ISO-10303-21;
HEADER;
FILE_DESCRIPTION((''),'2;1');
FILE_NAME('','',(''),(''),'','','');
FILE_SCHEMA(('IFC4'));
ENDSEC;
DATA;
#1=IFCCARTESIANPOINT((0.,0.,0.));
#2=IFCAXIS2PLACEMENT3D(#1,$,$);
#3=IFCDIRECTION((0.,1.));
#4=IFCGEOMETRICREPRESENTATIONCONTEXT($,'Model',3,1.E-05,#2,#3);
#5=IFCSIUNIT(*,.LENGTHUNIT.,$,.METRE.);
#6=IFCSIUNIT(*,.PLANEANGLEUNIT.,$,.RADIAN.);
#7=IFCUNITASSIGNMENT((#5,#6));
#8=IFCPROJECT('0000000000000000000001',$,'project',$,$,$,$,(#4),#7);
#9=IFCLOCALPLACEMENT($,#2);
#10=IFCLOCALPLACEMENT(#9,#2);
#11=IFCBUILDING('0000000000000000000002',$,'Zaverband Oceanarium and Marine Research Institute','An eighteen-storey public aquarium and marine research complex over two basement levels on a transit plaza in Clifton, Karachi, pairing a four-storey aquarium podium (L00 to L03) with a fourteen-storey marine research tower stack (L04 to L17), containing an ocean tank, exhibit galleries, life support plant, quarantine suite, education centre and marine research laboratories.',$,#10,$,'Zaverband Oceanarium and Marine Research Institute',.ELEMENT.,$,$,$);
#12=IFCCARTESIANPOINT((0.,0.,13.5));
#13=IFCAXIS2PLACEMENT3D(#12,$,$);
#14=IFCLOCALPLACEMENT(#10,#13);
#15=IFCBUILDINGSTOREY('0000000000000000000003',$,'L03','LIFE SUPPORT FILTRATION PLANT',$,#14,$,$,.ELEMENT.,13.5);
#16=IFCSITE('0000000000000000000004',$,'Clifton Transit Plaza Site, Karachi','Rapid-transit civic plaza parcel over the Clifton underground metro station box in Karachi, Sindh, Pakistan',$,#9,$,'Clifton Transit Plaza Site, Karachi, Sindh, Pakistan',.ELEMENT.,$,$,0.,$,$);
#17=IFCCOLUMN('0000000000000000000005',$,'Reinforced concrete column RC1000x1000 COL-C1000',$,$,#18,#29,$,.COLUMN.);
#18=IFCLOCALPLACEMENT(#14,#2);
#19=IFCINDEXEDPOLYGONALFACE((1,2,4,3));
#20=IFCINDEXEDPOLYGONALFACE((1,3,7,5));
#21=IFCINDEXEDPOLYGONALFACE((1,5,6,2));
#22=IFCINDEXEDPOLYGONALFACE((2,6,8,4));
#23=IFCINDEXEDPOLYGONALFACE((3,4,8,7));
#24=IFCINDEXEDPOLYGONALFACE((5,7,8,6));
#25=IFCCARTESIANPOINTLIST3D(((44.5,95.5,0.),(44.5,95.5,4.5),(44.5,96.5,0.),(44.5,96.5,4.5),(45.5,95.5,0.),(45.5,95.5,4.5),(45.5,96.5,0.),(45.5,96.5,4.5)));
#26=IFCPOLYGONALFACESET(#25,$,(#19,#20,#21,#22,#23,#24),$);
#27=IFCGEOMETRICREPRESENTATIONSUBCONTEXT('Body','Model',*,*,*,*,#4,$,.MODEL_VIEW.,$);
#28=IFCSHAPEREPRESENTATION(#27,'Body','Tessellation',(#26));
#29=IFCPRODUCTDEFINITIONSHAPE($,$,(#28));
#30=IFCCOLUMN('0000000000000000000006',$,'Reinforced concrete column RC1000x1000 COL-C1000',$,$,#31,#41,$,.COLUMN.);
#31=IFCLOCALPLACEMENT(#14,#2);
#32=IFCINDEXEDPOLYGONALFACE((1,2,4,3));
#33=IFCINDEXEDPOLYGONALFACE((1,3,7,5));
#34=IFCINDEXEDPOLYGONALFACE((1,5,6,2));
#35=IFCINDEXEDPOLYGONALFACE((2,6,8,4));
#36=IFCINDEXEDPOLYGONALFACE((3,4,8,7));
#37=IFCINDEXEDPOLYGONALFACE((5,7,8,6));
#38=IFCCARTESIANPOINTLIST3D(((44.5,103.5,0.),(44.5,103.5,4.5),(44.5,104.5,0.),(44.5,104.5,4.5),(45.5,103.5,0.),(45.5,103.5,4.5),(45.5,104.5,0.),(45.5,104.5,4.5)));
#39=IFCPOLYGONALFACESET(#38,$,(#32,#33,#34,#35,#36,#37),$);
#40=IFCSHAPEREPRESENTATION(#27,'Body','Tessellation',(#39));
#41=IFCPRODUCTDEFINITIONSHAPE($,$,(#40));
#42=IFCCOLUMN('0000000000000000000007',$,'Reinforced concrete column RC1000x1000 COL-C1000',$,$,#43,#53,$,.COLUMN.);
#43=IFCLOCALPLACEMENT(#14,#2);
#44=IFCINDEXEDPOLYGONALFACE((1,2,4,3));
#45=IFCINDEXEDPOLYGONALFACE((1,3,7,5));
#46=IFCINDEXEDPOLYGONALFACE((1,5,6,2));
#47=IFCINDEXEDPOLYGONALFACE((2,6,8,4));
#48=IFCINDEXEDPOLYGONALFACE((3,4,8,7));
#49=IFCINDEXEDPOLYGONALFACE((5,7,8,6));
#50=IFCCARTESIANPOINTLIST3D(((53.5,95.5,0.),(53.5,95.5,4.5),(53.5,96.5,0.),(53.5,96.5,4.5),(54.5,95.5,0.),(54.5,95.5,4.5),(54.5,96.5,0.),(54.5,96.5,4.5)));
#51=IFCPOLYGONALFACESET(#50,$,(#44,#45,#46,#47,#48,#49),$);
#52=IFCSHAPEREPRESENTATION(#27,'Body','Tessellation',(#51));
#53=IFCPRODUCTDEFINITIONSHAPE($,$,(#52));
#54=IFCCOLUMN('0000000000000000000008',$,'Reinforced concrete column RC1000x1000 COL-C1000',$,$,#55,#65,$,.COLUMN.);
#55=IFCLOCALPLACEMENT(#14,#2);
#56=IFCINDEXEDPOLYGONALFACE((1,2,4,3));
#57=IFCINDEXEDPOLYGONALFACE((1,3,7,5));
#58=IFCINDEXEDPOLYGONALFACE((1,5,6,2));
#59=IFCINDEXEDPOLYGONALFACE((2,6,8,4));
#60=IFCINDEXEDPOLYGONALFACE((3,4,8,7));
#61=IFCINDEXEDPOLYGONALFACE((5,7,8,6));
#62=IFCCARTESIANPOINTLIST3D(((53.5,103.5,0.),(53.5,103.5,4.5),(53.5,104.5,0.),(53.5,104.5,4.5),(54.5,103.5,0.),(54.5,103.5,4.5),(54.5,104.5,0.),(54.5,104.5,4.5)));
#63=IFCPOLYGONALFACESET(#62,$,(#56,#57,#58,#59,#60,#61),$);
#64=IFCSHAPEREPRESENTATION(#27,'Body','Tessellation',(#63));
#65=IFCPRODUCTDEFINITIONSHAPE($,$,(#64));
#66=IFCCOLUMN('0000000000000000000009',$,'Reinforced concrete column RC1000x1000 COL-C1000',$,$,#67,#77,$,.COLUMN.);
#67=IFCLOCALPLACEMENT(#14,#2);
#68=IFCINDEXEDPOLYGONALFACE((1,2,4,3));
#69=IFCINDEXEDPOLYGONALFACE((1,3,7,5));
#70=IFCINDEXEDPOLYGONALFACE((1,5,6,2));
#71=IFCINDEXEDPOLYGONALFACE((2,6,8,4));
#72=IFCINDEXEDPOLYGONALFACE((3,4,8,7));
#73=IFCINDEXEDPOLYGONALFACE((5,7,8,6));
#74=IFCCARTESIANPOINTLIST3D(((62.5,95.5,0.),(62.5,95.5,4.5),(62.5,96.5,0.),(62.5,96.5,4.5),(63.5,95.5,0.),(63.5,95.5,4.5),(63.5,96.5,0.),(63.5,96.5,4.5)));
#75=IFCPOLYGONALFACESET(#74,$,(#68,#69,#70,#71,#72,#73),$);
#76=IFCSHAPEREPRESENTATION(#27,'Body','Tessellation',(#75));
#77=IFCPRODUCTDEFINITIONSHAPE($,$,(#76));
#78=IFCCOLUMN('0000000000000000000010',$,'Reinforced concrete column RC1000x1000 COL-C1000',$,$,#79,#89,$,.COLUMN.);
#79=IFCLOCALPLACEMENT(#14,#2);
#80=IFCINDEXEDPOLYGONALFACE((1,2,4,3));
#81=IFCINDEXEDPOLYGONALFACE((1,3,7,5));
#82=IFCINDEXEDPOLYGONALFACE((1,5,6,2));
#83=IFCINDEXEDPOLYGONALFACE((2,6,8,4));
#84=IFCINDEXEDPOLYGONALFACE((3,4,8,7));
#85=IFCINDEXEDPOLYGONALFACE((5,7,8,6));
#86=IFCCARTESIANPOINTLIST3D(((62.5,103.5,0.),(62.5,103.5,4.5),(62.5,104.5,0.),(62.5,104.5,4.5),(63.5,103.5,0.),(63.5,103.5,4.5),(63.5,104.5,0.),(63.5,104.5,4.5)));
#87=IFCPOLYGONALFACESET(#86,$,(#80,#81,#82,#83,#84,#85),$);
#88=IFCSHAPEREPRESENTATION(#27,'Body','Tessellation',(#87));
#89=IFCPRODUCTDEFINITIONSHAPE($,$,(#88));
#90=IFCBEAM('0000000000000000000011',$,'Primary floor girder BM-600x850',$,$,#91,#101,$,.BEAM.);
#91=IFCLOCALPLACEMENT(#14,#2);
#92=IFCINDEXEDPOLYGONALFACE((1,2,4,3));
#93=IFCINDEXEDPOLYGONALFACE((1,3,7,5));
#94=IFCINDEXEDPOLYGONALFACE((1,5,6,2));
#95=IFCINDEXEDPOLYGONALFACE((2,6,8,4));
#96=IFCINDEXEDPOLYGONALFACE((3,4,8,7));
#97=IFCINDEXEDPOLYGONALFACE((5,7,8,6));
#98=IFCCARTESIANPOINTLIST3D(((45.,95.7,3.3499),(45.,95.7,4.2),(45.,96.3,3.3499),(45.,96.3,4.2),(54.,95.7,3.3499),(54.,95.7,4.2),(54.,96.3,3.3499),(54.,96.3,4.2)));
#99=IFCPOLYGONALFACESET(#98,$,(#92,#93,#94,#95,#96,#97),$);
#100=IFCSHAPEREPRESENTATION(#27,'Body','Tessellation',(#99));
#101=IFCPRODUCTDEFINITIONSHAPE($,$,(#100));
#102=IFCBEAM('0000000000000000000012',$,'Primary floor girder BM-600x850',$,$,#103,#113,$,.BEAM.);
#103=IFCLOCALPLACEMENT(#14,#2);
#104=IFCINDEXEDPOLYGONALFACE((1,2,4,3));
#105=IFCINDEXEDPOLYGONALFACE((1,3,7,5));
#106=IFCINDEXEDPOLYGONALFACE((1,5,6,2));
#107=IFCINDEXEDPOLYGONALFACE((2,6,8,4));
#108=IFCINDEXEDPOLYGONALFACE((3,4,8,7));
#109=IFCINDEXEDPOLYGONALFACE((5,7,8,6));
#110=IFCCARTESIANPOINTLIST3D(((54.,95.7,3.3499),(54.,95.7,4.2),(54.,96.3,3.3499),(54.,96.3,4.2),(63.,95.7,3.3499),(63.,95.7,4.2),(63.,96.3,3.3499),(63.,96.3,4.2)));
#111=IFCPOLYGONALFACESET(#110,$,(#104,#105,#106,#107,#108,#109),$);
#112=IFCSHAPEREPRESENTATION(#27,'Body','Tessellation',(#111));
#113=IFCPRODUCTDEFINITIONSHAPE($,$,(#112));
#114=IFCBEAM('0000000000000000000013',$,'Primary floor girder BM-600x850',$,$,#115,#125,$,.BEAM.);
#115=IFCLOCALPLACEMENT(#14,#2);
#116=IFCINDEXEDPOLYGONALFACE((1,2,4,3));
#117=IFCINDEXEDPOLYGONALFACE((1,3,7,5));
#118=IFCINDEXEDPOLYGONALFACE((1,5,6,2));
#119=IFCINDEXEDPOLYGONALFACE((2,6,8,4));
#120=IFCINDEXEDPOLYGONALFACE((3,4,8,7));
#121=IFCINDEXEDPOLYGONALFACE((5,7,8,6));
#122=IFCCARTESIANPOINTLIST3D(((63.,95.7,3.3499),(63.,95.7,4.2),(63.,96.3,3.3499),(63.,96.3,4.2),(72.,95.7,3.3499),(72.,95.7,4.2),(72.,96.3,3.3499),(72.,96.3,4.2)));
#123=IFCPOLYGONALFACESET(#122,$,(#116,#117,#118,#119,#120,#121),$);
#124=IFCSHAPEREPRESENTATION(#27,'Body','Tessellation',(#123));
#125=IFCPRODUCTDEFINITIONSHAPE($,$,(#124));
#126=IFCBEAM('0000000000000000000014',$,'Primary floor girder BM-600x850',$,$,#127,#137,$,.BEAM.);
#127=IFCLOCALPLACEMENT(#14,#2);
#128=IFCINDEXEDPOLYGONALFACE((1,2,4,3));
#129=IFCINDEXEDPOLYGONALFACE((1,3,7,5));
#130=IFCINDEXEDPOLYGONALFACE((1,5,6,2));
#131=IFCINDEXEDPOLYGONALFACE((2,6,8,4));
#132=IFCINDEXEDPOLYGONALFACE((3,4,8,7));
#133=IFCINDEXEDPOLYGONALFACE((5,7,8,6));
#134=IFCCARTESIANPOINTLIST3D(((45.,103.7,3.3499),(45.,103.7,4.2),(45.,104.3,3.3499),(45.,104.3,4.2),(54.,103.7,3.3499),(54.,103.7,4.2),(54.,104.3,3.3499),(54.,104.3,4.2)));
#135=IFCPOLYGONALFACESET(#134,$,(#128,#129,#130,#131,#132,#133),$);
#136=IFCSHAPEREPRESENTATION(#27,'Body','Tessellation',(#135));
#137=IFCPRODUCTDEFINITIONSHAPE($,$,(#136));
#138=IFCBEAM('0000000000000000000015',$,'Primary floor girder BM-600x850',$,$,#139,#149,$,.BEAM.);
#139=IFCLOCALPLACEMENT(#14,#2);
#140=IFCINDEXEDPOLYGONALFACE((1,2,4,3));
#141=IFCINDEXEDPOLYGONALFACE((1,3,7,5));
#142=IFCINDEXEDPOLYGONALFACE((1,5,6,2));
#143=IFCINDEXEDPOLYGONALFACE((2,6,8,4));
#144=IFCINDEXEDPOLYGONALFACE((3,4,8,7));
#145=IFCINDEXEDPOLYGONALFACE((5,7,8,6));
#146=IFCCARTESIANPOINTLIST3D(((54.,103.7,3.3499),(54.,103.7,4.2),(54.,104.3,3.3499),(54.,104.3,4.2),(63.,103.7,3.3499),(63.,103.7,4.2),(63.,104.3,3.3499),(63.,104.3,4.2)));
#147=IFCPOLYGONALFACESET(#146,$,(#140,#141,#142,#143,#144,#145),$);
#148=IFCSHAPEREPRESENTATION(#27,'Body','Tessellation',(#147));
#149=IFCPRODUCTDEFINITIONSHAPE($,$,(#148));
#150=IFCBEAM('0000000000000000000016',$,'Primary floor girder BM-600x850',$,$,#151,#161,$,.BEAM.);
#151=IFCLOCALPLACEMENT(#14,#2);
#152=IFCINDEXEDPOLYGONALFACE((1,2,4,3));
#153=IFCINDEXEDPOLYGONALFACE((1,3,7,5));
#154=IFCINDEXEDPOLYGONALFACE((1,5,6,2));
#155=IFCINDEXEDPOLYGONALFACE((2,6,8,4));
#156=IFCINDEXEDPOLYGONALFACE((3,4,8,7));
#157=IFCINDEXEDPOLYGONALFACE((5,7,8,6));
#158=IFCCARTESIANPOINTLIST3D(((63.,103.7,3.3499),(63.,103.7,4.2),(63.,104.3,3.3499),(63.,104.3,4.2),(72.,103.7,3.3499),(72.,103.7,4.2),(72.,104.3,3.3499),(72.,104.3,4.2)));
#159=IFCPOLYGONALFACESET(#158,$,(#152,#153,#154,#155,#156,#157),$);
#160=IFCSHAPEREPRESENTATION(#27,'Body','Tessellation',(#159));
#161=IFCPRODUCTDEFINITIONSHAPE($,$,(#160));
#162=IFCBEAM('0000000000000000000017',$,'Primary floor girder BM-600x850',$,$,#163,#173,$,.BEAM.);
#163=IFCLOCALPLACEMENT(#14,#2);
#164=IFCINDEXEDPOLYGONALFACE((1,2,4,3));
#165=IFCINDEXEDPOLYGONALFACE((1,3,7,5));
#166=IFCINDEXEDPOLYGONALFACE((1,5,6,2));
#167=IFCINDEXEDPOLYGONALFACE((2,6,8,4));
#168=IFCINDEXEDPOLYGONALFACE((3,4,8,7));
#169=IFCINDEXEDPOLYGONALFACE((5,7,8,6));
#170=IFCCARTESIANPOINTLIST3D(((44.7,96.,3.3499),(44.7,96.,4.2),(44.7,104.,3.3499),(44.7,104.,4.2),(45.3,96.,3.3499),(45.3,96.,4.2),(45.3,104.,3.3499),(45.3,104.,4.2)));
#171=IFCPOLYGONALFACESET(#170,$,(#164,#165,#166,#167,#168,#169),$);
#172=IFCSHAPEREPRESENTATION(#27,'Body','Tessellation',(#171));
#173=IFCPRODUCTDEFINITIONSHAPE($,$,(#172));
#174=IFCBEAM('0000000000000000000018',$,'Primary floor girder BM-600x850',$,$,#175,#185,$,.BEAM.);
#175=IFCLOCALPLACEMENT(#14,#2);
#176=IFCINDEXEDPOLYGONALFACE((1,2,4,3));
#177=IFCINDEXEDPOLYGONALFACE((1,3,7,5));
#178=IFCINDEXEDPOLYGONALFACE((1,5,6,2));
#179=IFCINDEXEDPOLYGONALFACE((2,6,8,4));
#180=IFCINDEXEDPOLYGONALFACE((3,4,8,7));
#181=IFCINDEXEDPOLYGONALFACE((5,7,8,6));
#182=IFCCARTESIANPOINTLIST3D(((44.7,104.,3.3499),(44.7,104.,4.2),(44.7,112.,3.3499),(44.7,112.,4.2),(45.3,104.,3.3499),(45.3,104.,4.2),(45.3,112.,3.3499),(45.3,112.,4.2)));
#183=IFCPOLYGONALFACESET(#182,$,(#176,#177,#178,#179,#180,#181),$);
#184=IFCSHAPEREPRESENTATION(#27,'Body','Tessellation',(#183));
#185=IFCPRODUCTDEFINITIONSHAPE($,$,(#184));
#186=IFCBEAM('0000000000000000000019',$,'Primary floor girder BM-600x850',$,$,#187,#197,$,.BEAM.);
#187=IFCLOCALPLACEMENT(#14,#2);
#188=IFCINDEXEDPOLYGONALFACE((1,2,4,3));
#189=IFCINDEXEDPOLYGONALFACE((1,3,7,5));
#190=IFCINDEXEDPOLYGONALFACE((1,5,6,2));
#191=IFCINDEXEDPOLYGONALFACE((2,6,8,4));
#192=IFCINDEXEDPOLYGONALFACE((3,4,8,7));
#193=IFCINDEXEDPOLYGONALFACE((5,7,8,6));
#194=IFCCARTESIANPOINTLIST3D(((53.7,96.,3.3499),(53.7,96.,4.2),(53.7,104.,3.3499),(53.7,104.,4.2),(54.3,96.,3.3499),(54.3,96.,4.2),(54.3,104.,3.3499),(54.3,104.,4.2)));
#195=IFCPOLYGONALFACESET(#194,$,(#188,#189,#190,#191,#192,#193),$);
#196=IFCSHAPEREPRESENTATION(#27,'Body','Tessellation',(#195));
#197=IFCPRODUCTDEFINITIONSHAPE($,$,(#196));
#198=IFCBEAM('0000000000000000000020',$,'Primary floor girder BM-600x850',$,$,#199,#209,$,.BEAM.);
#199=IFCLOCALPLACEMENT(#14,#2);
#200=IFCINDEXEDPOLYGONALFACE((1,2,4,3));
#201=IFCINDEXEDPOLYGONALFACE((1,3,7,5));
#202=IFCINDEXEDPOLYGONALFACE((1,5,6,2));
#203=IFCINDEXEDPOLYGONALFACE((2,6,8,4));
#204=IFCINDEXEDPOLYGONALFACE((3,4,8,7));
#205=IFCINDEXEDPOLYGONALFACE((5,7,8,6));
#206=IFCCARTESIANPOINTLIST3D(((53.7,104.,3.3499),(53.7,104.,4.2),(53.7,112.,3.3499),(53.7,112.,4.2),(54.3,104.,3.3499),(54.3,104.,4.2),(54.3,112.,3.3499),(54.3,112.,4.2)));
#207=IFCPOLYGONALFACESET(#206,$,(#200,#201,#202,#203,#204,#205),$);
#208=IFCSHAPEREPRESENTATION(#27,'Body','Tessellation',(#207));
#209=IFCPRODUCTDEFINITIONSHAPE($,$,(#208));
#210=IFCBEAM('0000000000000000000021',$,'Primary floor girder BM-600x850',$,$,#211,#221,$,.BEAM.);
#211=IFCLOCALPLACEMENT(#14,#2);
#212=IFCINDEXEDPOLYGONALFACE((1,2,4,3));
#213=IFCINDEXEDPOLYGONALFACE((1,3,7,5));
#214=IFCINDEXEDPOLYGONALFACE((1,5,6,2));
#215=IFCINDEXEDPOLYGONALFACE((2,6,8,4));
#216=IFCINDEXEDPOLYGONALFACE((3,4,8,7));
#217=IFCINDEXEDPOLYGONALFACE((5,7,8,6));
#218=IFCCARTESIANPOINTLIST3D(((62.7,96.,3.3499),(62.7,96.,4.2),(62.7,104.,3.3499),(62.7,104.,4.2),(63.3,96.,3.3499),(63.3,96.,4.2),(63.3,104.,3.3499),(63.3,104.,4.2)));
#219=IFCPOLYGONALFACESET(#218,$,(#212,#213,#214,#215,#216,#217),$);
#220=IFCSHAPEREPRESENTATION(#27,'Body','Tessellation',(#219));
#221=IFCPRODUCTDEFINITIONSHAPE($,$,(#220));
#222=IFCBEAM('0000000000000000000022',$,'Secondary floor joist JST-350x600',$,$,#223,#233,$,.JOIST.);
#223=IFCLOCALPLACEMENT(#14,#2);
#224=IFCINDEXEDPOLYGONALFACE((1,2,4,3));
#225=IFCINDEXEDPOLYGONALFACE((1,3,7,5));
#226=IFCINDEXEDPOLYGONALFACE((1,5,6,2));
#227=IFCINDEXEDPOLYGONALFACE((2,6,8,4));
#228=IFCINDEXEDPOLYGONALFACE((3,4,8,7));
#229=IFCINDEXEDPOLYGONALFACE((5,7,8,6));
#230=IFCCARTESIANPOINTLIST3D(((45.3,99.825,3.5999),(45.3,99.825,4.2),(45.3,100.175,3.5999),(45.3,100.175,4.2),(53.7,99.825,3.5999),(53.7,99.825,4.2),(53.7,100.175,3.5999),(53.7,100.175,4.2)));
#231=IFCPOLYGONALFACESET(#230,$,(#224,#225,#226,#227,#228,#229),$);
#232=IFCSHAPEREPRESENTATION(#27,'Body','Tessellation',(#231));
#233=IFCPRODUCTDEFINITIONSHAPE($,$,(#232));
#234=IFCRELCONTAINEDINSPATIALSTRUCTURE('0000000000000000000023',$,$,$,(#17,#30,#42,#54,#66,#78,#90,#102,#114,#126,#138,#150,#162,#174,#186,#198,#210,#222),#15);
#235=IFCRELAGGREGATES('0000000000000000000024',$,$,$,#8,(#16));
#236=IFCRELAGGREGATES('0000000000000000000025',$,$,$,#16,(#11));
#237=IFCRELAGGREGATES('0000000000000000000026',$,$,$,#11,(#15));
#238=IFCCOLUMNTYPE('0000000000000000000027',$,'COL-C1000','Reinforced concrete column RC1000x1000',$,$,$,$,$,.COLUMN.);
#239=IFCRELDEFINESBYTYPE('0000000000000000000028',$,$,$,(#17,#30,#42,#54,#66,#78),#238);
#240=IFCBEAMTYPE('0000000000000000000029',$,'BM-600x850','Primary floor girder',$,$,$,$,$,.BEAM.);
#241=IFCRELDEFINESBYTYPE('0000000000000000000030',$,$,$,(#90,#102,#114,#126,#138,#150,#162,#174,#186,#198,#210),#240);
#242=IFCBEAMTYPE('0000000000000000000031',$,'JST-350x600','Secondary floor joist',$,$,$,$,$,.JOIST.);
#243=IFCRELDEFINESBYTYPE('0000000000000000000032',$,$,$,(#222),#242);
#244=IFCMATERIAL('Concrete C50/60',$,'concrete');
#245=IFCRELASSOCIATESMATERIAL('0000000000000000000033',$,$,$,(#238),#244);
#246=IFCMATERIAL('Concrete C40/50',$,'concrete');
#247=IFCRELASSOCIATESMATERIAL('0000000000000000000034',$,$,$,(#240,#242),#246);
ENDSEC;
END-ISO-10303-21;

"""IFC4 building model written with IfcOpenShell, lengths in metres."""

from ifc_helpers import new_model, si_unit, direction, frame, origin, origin_2d, place, context, subcontext, project, spatial, rectangle, extrude, material, material_profile, profile_set, type_object, element, save


model = new_model("IFC4")

# Units and contexts
model_context = context("Model", 3, precision=1e-05, world=origin(), true_north=direction((0.0, 1.0)))
body_context = subcontext(model_context, "Body", "Model", "MODEL_VIEW")
ifc_project = project(units=[si_unit("LENGTHUNIT", "METRE"), si_unit("PLANEANGLEUNIT", "RADIAN")], contexts=[model_context])

# Site, building, storey
site_placement = place(None, origin())
site = spatial("IfcSite", under=ifc_project, at=site_placement, Name="Clifton Transit Plaza Site, Karachi", Description="Rapid-transit civic plaza parcel over the Clifton underground metro station box in Karachi, Sindh, Pakistan", LongName="Clifton Transit Plaza Site, Karachi, Sindh, Pakistan", CompositionType="ELEMENT", RefElevation=0.0)
building_placement = place(site_placement, origin())
building = spatial("IfcBuilding", under=site, at=building_placement, Name="Zaverband Oceanarium and Marine Research Institute", Description="An eighteen-storey public aquarium and marine research complex over two basement levels on a transit plaza in Clifton, Karachi, pairing a four-storey aquarium podium (L00 to L03) with a fourteen-storey marine research tower stack (L04 to L17), containing an ocean tank, exhibit galleries, life support plant, quarantine suite, education centre and marine research laboratories.", LongName="Zaverband Oceanarium and Marine Research Institute", CompositionType="ELEMENT")
storey_placement = place(building_placement, frame((0.0, 0.0, 13.5)))
storey = spatial("IfcBuildingStorey", under=building, at=storey_placement, Name="L03", Description="LIFE SUPPORT FILTRATION PLANT", CompositionType="ELEMENT", Elevation=13.5)

# Columns
ifc_material_1 = material(Name="Concrete C50/60", Category="concrete")
ifc_material_profile_1 = material_profile(ifc_material_1, rectangle(XDim=1.0, YDim=1.0, at=origin_2d()), Name="RC1000x1000")
ifc_profile_set_1 = profile_set([ifc_material_profile_1], Name="Concrete C50/60")
column_type = type_object("IfcColumnType", Name="COL-C1000", Description="Reinforced concrete column RC1000x1000", PredefinedType="COLUMN", material=ifc_profile_set_1)
for number, where, z_axis, x_axis, name in (
    (1, (45.0, 96.0, 0.0), (0.0, 0.0, 1.0), (1.0, 0.0, 0.0), "Reinforced concrete column RC1000x1000 COL-C1000"),
    (2, (45.0, 104.0, 0.0), (0.0, 0.0, 1.0), (1.0, 0.0, 0.0), "Reinforced concrete column RC1000x1000 COL-C1000"),
    (3, (54.0, 96.0, 0.0), (0.0, 0.0, 1.0), (1.0, 0.0, 0.0), "Reinforced concrete column RC1000x1000 COL-C1000"),
    (4, (54.0, 104.0, 0.0), (0.0, 0.0, 1.0), (1.0, 0.0, 0.0), "Reinforced concrete column RC1000x1000 COL-C1000"),
    (5, (63.0, 96.0, 0.0), (0.0, 0.0, 1.0), (1.0, 0.0, 0.0), "Reinforced concrete column RC1000x1000 COL-C1000"),
    (6, (63.0, 104.0, 0.0), (0.0, 0.0, 1.0), (1.0, 0.0, 0.0), "Reinforced concrete column RC1000x1000 COL-C1000"),
):
    element("IfcColumn", number, at=place(storey_placement, frame(where, z_axis=z_axis, x_axis=x_axis)), inside=storey, type_object=column_type, Name=name, PredefinedType="COLUMN", context=body_context, shape_type="SweptSolid", body=[
        extrude(rectangle(XDim=1.0, YDim=1.0, at=origin_2d()), origin(), (0.0, 0.0, 1.0), 4.5),
    ])

# Beams
ifc_material_2 = material(Name="Concrete C40/50", Category="concrete")
ifc_material_profile_2 = material_profile(ifc_material_2, rectangle(XDim=0.6001, YDim=0.8501, at=origin_2d()), Name="RC600x850")
ifc_profile_set_2 = profile_set([ifc_material_profile_2], Name="Concrete C40/50")
beam_type_1 = type_object("IfcBeamType", Name="BM-600x850", Description="Primary floor girder", PredefinedType="BEAM", material=ifc_profile_set_2)
for number, where, z_axis, x_axis, name in (
    (7, (45.0, 96.0, 3.7749), (1.0, 0.0, 0.0), (0.0, 1.0, 0.0), "Primary floor girder BM-600x850"),
    (8, (54.0, 96.0, 3.7749), (1.0, 0.0, 0.0), (0.0, 1.0, 0.0), "Primary floor girder BM-600x850"),
    (9, (63.0, 96.0, 3.7749), (1.0, 0.0, 0.0), (0.0, 1.0, 0.0), "Primary floor girder BM-600x850"),
    (10, (45.0, 104.0, 3.7749), (1.0, 0.0, 0.0), (0.0, 1.0, 0.0), "Primary floor girder BM-600x850"),
    (11, (54.0, 104.0, 3.7749), (1.0, 0.0, 0.0), (0.0, 1.0, 0.0), "Primary floor girder BM-600x850"),
    (12, (63.0, 104.0, 3.7749), (1.0, 0.0, 0.0), (0.0, 1.0, 0.0), "Primary floor girder BM-600x850"),
):
    element("IfcBeam", number, at=place(storey_placement, frame(where, z_axis=z_axis, x_axis=x_axis)), inside=storey, type_object=beam_type_1, Name=name, PredefinedType="BEAM", context=body_context, shape_type="SweptSolid", body=[
        extrude(rectangle(XDim=0.6001, YDim=0.8501, at=origin_2d()), origin(), (0.0, 0.0, 1.0), 9.0),
    ])
for number, where, z_axis, x_axis, name in (
    (13, (45.0, 96.0, 3.7749), (0.0, 1.0, 0.0), (-1.0, 0.0, 0.0), "Primary floor girder BM-600x850"),
    (14, (45.0, 104.0, 3.7749), (0.0, 1.0, 0.0), (-1.0, 0.0, 0.0), "Primary floor girder BM-600x850"),
    (15, (54.0, 96.0, 3.7749), (0.0, 1.0, 0.0), (-1.0, 0.0, 0.0), "Primary floor girder BM-600x850"),
    (16, (54.0, 104.0, 3.7749), (0.0, 1.0, 0.0), (-1.0, 0.0, 0.0), "Primary floor girder BM-600x850"),
    (17, (63.0, 96.0, 3.7749), (0.0, 1.0, 0.0), (-1.0, 0.0, 0.0), "Primary floor girder BM-600x850"),
):
    element("IfcBeam", number, at=place(storey_placement, frame(where, z_axis=z_axis, x_axis=x_axis)), inside=storey, type_object=beam_type_1, Name=name, PredefinedType="BEAM", context=body_context, shape_type="SweptSolid", body=[
        extrude(rectangle(XDim=0.6001, YDim=0.8501, at=origin_2d()), origin(), (0.0, 0.0, 1.0), 8.0),
    ])
ifc_material_profile_3 = material_profile(ifc_material_2, rectangle(XDim=0.3501, YDim=0.6001, at=origin_2d()), Name="RC350x600")
ifc_profile_set_3 = profile_set([ifc_material_profile_3], Name="Concrete C40/50")
beam_type_2 = type_object("IfcBeamType", Name="JST-350x600", Description="Secondary floor joist", PredefinedType="JOIST", material=ifc_profile_set_3)
for number, where, z_axis, x_axis, name in (
    (18, (45.3, 100.0, 3.8999), (1.0, 0.0, 0.0), (0.0, 1.0, 0.0), "Secondary floor joist JST-350x600"),
):
    element("IfcBeam", number, at=place(storey_placement, frame(where, z_axis=z_axis, x_axis=x_axis)), inside=storey, type_object=beam_type_2, Name=name, PredefinedType="JOIST", context=body_context, shape_type="SweptSolid", body=[
        extrude(rectangle(XDim=0.3501, YDim=0.6001, at=origin_2d()), origin(), (0.0, 0.0, 1.0), 8.3999),
    ])

save(model, "model.ifc")
